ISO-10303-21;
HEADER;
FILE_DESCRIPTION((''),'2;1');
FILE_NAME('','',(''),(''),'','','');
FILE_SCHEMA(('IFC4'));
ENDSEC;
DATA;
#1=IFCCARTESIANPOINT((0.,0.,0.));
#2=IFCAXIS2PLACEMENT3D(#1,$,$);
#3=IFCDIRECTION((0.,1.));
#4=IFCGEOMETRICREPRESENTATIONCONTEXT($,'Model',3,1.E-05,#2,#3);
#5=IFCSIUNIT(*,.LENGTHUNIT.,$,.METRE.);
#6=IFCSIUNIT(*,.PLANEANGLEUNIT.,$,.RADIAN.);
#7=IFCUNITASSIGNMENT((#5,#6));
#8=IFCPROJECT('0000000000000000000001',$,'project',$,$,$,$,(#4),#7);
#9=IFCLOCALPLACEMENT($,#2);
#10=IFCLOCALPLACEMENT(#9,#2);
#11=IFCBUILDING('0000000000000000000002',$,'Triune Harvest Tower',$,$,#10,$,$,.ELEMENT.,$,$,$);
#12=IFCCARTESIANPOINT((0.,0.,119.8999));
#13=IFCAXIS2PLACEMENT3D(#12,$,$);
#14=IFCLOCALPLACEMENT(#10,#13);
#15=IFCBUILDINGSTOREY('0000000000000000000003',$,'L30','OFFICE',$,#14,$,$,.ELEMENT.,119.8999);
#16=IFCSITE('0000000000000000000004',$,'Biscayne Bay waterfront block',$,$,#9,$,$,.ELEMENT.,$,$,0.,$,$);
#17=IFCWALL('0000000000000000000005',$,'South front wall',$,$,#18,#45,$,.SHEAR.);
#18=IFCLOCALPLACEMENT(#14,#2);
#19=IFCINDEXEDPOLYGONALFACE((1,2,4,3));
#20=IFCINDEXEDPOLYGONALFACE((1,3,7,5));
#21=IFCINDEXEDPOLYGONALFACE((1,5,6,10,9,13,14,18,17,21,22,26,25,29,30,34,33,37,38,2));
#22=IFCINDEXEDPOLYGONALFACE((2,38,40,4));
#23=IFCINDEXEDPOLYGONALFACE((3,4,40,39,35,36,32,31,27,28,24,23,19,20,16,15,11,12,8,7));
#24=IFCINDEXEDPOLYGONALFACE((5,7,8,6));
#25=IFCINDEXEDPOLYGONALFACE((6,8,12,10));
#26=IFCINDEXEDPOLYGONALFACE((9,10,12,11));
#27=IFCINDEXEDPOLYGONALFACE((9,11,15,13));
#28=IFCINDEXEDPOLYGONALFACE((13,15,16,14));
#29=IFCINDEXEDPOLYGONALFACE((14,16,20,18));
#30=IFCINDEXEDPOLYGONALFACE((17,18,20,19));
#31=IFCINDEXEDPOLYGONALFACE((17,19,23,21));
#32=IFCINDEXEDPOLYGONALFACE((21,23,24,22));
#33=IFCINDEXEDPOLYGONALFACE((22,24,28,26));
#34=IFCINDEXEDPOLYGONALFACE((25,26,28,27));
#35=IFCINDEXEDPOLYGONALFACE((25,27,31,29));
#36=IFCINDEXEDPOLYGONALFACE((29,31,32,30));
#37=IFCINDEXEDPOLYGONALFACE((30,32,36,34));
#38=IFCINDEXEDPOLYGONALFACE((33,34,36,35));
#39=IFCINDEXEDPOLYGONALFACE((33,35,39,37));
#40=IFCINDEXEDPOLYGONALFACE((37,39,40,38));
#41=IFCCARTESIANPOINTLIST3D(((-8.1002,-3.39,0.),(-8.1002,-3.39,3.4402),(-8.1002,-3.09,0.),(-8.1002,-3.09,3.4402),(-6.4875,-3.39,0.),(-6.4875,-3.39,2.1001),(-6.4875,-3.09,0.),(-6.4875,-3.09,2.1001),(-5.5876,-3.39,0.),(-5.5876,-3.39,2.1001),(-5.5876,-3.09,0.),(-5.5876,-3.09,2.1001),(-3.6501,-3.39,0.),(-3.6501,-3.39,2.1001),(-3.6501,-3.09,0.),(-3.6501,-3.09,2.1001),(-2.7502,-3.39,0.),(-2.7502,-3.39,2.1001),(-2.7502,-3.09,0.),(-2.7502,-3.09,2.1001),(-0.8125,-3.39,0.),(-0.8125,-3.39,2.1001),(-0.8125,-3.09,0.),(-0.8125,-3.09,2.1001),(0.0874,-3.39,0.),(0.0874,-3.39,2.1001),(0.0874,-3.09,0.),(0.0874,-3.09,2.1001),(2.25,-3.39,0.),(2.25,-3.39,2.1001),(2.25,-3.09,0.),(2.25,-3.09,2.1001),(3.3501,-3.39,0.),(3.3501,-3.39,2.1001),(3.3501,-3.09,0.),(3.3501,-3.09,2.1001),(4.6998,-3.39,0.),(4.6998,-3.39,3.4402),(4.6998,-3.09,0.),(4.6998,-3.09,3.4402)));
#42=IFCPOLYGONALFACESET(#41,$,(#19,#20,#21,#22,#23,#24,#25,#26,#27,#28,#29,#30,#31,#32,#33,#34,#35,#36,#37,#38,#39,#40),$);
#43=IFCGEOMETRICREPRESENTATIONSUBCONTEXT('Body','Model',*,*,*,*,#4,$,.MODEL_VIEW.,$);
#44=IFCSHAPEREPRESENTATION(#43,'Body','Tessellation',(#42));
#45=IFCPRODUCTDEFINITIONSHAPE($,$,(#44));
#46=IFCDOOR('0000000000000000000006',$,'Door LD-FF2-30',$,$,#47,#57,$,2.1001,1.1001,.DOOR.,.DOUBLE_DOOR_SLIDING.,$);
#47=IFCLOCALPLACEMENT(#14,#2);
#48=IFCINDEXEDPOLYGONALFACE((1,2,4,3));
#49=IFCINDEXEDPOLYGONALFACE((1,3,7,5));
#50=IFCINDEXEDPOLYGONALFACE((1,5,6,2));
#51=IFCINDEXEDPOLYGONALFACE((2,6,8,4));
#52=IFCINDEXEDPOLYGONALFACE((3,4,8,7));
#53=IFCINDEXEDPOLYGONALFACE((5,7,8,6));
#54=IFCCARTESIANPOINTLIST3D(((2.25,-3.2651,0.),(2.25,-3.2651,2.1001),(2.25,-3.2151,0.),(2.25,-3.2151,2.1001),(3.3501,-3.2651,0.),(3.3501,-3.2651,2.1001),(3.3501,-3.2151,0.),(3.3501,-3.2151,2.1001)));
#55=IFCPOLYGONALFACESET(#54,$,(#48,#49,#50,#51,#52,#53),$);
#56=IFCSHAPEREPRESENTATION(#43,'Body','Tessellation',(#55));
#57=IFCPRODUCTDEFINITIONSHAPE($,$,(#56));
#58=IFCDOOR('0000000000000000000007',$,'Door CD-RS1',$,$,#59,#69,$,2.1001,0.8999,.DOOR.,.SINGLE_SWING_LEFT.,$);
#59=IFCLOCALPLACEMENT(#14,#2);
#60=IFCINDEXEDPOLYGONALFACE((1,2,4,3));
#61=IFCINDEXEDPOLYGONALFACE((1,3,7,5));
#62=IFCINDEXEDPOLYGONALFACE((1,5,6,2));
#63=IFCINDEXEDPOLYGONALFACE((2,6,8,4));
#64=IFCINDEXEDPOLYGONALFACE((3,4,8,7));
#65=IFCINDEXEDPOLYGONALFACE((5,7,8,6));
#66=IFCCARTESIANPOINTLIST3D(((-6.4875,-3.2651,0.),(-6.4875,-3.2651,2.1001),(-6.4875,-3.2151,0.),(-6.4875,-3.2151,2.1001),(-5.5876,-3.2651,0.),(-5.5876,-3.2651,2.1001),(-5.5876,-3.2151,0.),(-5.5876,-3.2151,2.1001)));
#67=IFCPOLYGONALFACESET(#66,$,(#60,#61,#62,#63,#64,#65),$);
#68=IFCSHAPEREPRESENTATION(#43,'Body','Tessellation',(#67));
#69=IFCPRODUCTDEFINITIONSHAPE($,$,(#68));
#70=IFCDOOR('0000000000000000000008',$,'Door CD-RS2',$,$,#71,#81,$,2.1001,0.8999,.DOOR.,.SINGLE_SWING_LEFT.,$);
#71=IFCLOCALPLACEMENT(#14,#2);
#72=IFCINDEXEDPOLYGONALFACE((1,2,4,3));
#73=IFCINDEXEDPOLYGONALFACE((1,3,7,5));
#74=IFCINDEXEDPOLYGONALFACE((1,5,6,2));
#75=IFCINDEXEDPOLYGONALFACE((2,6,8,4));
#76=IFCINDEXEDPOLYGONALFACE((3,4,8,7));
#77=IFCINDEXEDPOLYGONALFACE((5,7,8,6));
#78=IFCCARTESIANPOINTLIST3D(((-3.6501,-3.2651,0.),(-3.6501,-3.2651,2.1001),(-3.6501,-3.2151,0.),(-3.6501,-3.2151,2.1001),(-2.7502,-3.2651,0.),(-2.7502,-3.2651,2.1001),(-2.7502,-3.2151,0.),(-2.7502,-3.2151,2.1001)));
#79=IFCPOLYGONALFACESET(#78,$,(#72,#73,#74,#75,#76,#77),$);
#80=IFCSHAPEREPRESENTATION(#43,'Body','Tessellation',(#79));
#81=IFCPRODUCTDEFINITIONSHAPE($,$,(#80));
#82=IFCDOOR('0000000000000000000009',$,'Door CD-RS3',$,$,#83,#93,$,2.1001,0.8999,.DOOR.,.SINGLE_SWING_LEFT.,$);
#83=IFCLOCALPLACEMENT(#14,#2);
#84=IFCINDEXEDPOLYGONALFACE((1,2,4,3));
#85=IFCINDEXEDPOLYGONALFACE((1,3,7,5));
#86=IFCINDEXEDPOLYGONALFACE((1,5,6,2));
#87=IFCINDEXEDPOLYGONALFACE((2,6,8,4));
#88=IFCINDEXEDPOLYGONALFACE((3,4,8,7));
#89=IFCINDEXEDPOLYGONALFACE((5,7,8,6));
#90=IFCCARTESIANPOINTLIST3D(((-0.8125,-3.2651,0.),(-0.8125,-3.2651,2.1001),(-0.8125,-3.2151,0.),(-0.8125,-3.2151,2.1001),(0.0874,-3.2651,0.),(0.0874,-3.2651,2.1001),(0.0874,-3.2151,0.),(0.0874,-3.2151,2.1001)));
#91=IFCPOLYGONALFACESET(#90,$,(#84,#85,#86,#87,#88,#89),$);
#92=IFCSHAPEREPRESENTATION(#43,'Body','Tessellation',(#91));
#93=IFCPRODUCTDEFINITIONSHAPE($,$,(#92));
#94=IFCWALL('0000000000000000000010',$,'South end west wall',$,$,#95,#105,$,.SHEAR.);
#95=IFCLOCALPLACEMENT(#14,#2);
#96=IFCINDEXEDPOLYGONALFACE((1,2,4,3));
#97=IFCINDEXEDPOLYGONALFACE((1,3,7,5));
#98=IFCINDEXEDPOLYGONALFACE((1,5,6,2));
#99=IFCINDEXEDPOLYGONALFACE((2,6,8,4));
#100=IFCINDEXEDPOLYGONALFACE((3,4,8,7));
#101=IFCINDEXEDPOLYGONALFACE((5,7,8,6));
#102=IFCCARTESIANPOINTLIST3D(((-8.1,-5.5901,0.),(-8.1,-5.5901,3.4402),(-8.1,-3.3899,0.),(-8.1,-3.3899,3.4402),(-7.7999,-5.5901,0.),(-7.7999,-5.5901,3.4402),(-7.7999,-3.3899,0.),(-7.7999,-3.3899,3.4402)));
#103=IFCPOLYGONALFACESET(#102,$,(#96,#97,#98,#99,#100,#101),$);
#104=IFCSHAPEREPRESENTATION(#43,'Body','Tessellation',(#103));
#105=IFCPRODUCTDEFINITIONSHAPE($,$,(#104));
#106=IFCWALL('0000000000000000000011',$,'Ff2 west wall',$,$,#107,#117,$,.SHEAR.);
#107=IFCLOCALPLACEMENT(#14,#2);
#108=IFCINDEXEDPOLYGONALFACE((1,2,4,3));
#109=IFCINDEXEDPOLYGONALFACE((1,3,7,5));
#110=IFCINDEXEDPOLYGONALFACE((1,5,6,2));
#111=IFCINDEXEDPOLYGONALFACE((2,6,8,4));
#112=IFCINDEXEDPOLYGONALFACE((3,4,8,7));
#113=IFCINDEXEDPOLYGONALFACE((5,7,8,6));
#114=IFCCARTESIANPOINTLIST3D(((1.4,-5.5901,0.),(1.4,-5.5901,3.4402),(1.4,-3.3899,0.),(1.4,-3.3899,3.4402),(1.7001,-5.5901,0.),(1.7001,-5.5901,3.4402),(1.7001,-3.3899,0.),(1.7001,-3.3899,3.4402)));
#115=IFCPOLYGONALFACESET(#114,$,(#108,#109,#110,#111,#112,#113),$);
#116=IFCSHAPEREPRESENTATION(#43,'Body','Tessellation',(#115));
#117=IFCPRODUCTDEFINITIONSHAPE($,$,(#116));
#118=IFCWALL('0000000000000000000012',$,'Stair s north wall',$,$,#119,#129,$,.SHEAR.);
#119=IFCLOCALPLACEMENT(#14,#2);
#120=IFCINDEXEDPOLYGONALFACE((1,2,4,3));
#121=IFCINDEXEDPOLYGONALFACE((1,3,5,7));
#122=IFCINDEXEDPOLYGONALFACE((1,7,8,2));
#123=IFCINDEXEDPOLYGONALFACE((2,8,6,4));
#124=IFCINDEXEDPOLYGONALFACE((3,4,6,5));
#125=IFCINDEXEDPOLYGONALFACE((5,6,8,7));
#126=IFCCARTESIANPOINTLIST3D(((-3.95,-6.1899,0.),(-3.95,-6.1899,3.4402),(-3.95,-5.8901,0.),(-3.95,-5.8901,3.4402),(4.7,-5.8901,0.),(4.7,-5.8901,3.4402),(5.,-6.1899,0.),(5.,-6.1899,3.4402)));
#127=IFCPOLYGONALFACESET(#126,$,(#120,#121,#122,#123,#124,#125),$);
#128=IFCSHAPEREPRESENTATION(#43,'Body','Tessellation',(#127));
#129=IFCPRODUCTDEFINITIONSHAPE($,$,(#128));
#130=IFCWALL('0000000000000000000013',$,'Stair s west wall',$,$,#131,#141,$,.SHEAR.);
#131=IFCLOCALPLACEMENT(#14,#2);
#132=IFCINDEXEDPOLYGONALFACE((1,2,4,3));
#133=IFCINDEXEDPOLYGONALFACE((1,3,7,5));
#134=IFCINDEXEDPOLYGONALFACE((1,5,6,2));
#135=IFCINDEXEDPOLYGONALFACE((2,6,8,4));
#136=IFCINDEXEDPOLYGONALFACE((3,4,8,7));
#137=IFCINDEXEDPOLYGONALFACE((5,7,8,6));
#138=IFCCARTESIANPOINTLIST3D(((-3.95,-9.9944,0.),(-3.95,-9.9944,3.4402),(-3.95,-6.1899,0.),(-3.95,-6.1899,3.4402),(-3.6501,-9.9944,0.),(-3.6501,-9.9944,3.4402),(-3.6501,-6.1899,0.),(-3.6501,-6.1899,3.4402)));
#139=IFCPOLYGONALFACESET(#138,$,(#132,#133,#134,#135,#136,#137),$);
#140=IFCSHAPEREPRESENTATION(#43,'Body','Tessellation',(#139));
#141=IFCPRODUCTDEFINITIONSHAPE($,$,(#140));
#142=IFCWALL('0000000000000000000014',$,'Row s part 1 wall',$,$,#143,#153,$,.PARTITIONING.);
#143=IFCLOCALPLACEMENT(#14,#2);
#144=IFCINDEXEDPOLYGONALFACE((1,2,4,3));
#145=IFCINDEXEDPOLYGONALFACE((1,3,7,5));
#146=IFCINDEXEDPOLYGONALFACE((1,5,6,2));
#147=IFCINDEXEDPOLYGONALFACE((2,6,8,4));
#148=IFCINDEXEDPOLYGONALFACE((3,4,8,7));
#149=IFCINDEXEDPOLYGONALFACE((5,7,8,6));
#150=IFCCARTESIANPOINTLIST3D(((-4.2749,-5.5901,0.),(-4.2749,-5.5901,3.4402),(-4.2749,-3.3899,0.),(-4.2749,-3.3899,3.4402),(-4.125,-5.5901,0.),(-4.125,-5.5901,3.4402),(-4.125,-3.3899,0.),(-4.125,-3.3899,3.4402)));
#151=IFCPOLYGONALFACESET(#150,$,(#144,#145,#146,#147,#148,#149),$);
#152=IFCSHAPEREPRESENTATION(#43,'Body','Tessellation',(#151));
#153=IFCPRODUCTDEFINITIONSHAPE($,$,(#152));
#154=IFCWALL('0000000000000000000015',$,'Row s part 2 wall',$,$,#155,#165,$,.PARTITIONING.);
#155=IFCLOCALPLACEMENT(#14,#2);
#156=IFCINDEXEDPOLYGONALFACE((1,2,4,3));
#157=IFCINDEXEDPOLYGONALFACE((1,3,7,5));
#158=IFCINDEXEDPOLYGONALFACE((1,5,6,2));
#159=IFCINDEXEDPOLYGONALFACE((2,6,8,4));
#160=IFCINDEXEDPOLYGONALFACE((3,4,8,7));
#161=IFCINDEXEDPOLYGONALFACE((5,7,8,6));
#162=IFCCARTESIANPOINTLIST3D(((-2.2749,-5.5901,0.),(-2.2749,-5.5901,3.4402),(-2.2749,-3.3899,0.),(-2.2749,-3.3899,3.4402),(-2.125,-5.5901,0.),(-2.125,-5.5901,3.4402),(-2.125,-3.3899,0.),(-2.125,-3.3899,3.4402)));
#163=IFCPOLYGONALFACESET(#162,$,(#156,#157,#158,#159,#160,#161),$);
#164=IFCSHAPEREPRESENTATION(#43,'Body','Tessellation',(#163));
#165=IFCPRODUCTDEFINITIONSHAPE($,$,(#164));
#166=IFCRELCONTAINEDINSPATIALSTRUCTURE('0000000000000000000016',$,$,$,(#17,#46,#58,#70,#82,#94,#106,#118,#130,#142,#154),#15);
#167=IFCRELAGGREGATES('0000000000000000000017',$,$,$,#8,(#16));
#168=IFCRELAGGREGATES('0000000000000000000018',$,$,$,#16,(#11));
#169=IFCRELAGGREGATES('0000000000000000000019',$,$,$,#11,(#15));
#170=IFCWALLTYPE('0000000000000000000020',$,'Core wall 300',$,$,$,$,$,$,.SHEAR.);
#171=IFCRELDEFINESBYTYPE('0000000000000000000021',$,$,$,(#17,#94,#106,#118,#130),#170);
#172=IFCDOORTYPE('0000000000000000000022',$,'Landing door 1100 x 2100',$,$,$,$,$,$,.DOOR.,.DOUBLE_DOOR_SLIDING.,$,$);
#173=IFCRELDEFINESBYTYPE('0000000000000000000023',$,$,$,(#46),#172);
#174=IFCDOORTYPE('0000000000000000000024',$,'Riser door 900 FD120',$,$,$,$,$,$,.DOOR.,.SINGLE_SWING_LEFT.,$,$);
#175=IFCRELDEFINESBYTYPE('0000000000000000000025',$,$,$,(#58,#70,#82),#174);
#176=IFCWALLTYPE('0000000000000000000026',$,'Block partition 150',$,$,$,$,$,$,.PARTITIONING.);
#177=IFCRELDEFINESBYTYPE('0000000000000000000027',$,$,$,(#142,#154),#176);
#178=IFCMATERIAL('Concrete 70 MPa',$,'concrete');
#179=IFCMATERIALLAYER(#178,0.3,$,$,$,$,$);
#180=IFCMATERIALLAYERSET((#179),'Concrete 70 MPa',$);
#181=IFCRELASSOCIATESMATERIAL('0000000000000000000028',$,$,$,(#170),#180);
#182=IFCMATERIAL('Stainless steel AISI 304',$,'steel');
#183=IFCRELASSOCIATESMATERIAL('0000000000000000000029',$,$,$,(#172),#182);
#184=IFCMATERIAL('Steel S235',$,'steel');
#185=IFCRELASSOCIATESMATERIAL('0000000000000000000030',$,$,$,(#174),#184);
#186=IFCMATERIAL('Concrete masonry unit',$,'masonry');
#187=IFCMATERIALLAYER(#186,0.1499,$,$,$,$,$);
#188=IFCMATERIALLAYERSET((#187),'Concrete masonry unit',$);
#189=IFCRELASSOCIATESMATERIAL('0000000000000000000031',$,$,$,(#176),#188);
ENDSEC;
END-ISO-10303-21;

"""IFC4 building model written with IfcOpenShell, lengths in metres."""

from ifc_helpers import new_model, si_unit, direction, frame, frame_2d, origin, place, context, subcontext, project, spatial, polyline, rectangle, outline, extrude, source, transform, mapped, material, layer, layer_set, type_object, element, fill, save


model = new_model("IFC4")

# Units and contexts
model_context = context("Model", 3, precision=1e-05, world=origin(), true_north=direction((0.0, 1.0)))
body_context = subcontext(model_context, "Body", "Model", "MODEL_VIEW")
ifc_project = project(units=[si_unit("LENGTHUNIT", "METRE"), si_unit("PLANEANGLEUNIT", "RADIAN")], contexts=[model_context])

# Site, building, storey
site_placement = place(None, origin())
site = spatial("IfcSite", under=ifc_project, at=site_placement, Name="Biscayne Bay waterfront block", CompositionType="ELEMENT", RefElevation=0.0)
building_placement = place(site_placement, origin())
building = spatial("IfcBuilding", under=site, at=building_placement, Name="Triune Harvest Tower", CompositionType="ELEMENT")
storey_placement = place(building_placement, frame((0.0, 0.0, 119.8999)))
storey = spatial("IfcBuildingStorey", under=building, at=storey_placement, Name="L30", Description="OFFICE", CompositionType="ELEMENT", Elevation=119.8999)

# Shared definitions
ifc_material_1 = material(Name="Concrete 70 MPa", Category="concrete")
ifc_layer_1 = layer(ifc_material_1, 0.3)
ifc_layer_set_1 = layer_set([ifc_layer_1], Name="Concrete 70 MPa")
wall_type_1 = type_object("IfcWallType", Name="Core wall 300", PredefinedType="SHEAR", material=ifc_layer_set_1)

# Wall, openings, doors
shared_shape_1 = source(origin(), body_context, "Body", "SweptSolid", [
    extrude(rectangle(XDim=12.8, YDim=0.3, at=frame_2d((6.3999, 0.0))), origin(), (0.0, 0.0, 1.0), 3.4402),
])
wall_1_placement = place(storey_placement, frame((-8.1001, -3.24, 0.0), z_axis=(0.0, 0.0, 1.0), x_axis=(1.0, 0.0, 0.0)))
wall_1 = element("IfcWall", 1, at=wall_1_placement, inside=storey, type_object=wall_type_1, Name="South front wall", PredefinedType="SHEAR", context=body_context, shape_type="MappedRepresentation", body=[
    mapped(shared_shape_1, transform((0.0, 0.0, 0.0), scale=1.0)),
])
opening_1_placement = place(wall_1_placement, frame((1.6125, 0.0, 0.0)))
opening_1 = element("IfcOpeningElement", 2, at=opening_1_placement, cuts=wall_1, PredefinedType="OPENING", context=body_context, shape_type="SweptSolid", body=[
    extrude(rectangle(XDim=0.8999, YDim=2.1001, at=frame_2d((0.45, 1.05))), frame((0.0, 0.1602, 0.0), z_axis=(0.0, -1.0, 0.0), x_axis=(1.0, 0.0, 0.0)), (0.0, 0.0, 1.0), 0.3201),
])
opening_2_placement = place(wall_1_placement, frame((4.45, 0.0, 0.0)))
opening_2 = element("IfcOpeningElement", 3, at=opening_2_placement, cuts=wall_1, PredefinedType="OPENING", context=body_context, shape_type="SweptSolid", body=[
    extrude(rectangle(XDim=0.8999, YDim=2.1001, at=frame_2d((0.45, 1.05))), frame((0.0, 0.1602, 0.0), z_axis=(0.0, -1.0, 0.0), x_axis=(1.0, 0.0, 0.0)), (0.0, 0.0, 1.0), 0.3201),
])
opening_3_placement = place(wall_1_placement, frame((7.2876, 0.0, 0.0)))
opening_3 = element("IfcOpeningElement", 4, at=opening_3_placement, cuts=wall_1, PredefinedType="OPENING", context=body_context, shape_type="SweptSolid", body=[
    extrude(rectangle(XDim=0.8999, YDim=2.1001, at=frame_2d((0.45, 1.05))), frame((0.0, 0.1602, 0.0), z_axis=(0.0, -1.0, 0.0), x_axis=(1.0, 0.0, 0.0)), (0.0, 0.0, 1.0), 0.3201),
])
opening_4_placement = place(wall_1_placement, frame((10.3501, 0.0, 0.0)))
opening_4 = element("IfcOpeningElement", 5, at=opening_4_placement, cuts=wall_1, PredefinedType="OPENING", context=body_context, shape_type="SweptSolid", body=[
    extrude(rectangle(XDim=1.1001, YDim=2.1001, at=frame_2d((0.55, 1.05))), frame((0.0, 0.1602, 0.0), z_axis=(0.0, -1.0, 0.0), x_axis=(1.0, 0.0, 0.0)), (0.0, 0.0, 1.0), 0.3201),
])
ifc_material_2 = material(Name="Stainless steel AISI 304", Category="steel")
door_type_1 = type_object("IfcDoorType", Name="Landing door 1100 x 2100", OperationType="DOUBLE_DOOR_SLIDING", PredefinedType="DOOR", material=ifc_material_2)
door_1_placement = place(opening_4_placement, origin())
door_1 = element("IfcDoor", 6, at=door_1_placement, inside=storey, type_object=door_type_1, Name="Door LD-FF2-30", OperationType="DOUBLE_DOOR_SLIDING", OverallHeight=2.1001, OverallWidth=1.1001, PredefinedType="DOOR", context=body_context, shape_type="SweptSolid", body=[
    extrude(rectangle(XDim=1.1001, YDim=2.1001, at=frame_2d((0.55, 1.05))), frame((0.0, 0.0249, 0.0), z_axis=(0.0, -1.0, 0.0), x_axis=(1.0, 0.0, 0.0)), (0.0, 0.0, 1.0), 0.05),
])
fill(opening_4, door_1)
ifc_material_3 = material(Name="Steel S235", Category="steel")
door_type_2 = type_object("IfcDoorType", Name="Riser door 900 FD120", OperationType="SINGLE_SWING_LEFT", PredefinedType="DOOR", material=ifc_material_3)
door_2_placement = place(opening_1_placement, origin())
door_2 = element("IfcDoor", 7, at=door_2_placement, inside=storey, type_object=door_type_2, Name="Door CD-RS1", OperationType="SINGLE_SWING_LEFT", OverallHeight=2.1001, OverallWidth=0.8999, PredefinedType="DOOR", context=body_context, shape_type="SweptSolid", body=[
    extrude(rectangle(XDim=0.8999, YDim=2.1001, at=frame_2d((0.45, 1.05))), frame((0.0, 0.0249, 0.0), z_axis=(0.0, -1.0, 0.0), x_axis=(1.0, 0.0, 0.0)), (0.0, 0.0, 1.0), 0.05),
])
fill(opening_1, door_2)
door_3_placement = place(opening_2_placement, origin())
door_3 = element("IfcDoor", 8, at=door_3_placement, inside=storey, type_object=door_type_2, Name="Door CD-RS2", OperationType="SINGLE_SWING_LEFT", OverallHeight=2.1001, OverallWidth=0.8999, PredefinedType="DOOR", context=body_context, shape_type="SweptSolid", body=[
    extrude(rectangle(XDim=0.8999, YDim=2.1001, at=frame_2d((0.45, 1.05))), frame((0.0, 0.0249, 0.0), z_axis=(0.0, -1.0, 0.0), x_axis=(1.0, 0.0, 0.0)), (0.0, 0.0, 1.0), 0.05),
])
fill(opening_2, door_3)
door_4_placement = place(opening_3_placement, origin())
door_4 = element("IfcDoor", 9, at=door_4_placement, inside=storey, type_object=door_type_2, Name="Door CD-RS3", OperationType="SINGLE_SWING_LEFT", OverallHeight=2.1001, OverallWidth=0.8999, PredefinedType="DOOR", context=body_context, shape_type="SweptSolid", body=[
    extrude(rectangle(XDim=0.8999, YDim=2.1001, at=frame_2d((0.45, 1.05))), frame((0.0, 0.0249, 0.0), z_axis=(0.0, -1.0, 0.0), x_axis=(1.0, 0.0, 0.0)), (0.0, 0.0, 1.0), 0.05),
])
fill(opening_3, door_4)

# Walls
shared_shape_2 = source(origin(), body_context, "Body", "SweptSolid", [
    extrude(rectangle(XDim=2.2002, YDim=0.3, at=frame_2d((1.1001, 0.0))), origin(), (0.0, 0.0, 1.0), 3.4402),
])
for number, where, z_axis, x_axis, name in (
    (10, (-7.95, -5.5901, 0.0), (0.0, 0.0, 1.0), (0.0, 1.0, 0.0), "South end west wall"),
    (11, (1.55, -5.5901, 0.0), (0.0, 0.0, 1.0), (0.0, 1.0, 0.0), "Ff2 west wall"),
):
    element("IfcWall", number, at=place(storey_placement, frame(where, z_axis=z_axis, x_axis=x_axis)), inside=storey, type_object=wall_type_1, Name=name, PredefinedType="SHEAR", context=body_context, shape_type="MappedRepresentation", body=[
        mapped(shared_shape_2, transform((0.0, 0.0, 0.0), scale=1.0)),
    ])
shared_shape_3 = source(origin(), body_context, "Body", "SweptSolid", [
    extrude(outline(polyline([(0.0, -0.1499), (8.95, -0.1499), (8.6499, 0.1499), (0.0, 0.1499), (0.0, -0.1499)])), origin(), (0.0, 0.0, 1.0), 3.4402),
])
wall_2_placement = place(storey_placement, frame((-3.95, -6.04, 0.0), z_axis=(0.0, 0.0, 1.0), x_axis=(1.0, 0.0, 0.0)))
element("IfcWall", 12, at=wall_2_placement, inside=storey, type_object=wall_type_1, Name="Stair s north wall", PredefinedType="SHEAR", context=body_context, shape_type="MappedRepresentation", body=[
    mapped(shared_shape_3, transform((0.0, 0.0, 0.0), scale=1.0)),
])
shared_shape_4 = source(origin(), body_context, "Body", "SweptSolid", [
    extrude(outline(polyline([(3.8, -0.1499), (-0.0044, -0.1499), (-0.0044, 0.1499), (3.8, 0.1499), (3.8, -0.1499)])), origin(), (0.0, 0.0, 1.0), 3.4402),
])
wall_3_placement = place(storey_placement, frame((-3.8, -9.99, 0.0), z_axis=(0.0, 0.0, 1.0), x_axis=(0.0, 1.0, 0.0)))
element("IfcWall", 13, at=wall_3_placement, inside=storey, type_object=wall_type_1, Name="Stair s west wall", PredefinedType="SHEAR", context=body_context, shape_type="MappedRepresentation", body=[
    mapped(shared_shape_4, transform((0.0, 0.0, 0.0), scale=1.0)),
])
ifc_material_4 = material(Name="Concrete masonry unit", Category="masonry")
ifc_layer_2 = layer(ifc_material_4, 0.1499)
ifc_layer_set_2 = layer_set([ifc_layer_2], Name="Concrete masonry unit")
wall_type_2 = type_object("IfcWallType", Name="Block partition 150", PredefinedType="PARTITIONING", material=ifc_layer_set_2)
shared_shape_5 = source(origin(), body_context, "Body", "SweptSolid", [
    extrude(rectangle(XDim=2.2002, YDim=0.1499, at=frame_2d((1.1001, 0.0))), origin(), (0.0, 0.0, 1.0), 3.4402),
])
for number, where, z_axis, x_axis, name in (
    (14, (-4.2, -5.5901, 0.0), (0.0, 0.0, 1.0), (0.0, 1.0, 0.0), "Row s part 1 wall"),
    (15, (-2.2, -5.5901, 0.0), (0.0, 0.0, 1.0), (0.0, 1.0, 0.0), "Row s part 2 wall"),
):
    element("IfcWall", number, at=place(storey_placement, frame(where, z_axis=z_axis, x_axis=x_axis)), inside=storey, type_object=wall_type_2, Name=name, PredefinedType="PARTITIONING", context=body_context, shape_type="MappedRepresentation", body=[
        mapped(shared_shape_5, transform((0.0, 0.0, 0.0), scale=1.0)),
    ])

save(model, "model.ifc")
